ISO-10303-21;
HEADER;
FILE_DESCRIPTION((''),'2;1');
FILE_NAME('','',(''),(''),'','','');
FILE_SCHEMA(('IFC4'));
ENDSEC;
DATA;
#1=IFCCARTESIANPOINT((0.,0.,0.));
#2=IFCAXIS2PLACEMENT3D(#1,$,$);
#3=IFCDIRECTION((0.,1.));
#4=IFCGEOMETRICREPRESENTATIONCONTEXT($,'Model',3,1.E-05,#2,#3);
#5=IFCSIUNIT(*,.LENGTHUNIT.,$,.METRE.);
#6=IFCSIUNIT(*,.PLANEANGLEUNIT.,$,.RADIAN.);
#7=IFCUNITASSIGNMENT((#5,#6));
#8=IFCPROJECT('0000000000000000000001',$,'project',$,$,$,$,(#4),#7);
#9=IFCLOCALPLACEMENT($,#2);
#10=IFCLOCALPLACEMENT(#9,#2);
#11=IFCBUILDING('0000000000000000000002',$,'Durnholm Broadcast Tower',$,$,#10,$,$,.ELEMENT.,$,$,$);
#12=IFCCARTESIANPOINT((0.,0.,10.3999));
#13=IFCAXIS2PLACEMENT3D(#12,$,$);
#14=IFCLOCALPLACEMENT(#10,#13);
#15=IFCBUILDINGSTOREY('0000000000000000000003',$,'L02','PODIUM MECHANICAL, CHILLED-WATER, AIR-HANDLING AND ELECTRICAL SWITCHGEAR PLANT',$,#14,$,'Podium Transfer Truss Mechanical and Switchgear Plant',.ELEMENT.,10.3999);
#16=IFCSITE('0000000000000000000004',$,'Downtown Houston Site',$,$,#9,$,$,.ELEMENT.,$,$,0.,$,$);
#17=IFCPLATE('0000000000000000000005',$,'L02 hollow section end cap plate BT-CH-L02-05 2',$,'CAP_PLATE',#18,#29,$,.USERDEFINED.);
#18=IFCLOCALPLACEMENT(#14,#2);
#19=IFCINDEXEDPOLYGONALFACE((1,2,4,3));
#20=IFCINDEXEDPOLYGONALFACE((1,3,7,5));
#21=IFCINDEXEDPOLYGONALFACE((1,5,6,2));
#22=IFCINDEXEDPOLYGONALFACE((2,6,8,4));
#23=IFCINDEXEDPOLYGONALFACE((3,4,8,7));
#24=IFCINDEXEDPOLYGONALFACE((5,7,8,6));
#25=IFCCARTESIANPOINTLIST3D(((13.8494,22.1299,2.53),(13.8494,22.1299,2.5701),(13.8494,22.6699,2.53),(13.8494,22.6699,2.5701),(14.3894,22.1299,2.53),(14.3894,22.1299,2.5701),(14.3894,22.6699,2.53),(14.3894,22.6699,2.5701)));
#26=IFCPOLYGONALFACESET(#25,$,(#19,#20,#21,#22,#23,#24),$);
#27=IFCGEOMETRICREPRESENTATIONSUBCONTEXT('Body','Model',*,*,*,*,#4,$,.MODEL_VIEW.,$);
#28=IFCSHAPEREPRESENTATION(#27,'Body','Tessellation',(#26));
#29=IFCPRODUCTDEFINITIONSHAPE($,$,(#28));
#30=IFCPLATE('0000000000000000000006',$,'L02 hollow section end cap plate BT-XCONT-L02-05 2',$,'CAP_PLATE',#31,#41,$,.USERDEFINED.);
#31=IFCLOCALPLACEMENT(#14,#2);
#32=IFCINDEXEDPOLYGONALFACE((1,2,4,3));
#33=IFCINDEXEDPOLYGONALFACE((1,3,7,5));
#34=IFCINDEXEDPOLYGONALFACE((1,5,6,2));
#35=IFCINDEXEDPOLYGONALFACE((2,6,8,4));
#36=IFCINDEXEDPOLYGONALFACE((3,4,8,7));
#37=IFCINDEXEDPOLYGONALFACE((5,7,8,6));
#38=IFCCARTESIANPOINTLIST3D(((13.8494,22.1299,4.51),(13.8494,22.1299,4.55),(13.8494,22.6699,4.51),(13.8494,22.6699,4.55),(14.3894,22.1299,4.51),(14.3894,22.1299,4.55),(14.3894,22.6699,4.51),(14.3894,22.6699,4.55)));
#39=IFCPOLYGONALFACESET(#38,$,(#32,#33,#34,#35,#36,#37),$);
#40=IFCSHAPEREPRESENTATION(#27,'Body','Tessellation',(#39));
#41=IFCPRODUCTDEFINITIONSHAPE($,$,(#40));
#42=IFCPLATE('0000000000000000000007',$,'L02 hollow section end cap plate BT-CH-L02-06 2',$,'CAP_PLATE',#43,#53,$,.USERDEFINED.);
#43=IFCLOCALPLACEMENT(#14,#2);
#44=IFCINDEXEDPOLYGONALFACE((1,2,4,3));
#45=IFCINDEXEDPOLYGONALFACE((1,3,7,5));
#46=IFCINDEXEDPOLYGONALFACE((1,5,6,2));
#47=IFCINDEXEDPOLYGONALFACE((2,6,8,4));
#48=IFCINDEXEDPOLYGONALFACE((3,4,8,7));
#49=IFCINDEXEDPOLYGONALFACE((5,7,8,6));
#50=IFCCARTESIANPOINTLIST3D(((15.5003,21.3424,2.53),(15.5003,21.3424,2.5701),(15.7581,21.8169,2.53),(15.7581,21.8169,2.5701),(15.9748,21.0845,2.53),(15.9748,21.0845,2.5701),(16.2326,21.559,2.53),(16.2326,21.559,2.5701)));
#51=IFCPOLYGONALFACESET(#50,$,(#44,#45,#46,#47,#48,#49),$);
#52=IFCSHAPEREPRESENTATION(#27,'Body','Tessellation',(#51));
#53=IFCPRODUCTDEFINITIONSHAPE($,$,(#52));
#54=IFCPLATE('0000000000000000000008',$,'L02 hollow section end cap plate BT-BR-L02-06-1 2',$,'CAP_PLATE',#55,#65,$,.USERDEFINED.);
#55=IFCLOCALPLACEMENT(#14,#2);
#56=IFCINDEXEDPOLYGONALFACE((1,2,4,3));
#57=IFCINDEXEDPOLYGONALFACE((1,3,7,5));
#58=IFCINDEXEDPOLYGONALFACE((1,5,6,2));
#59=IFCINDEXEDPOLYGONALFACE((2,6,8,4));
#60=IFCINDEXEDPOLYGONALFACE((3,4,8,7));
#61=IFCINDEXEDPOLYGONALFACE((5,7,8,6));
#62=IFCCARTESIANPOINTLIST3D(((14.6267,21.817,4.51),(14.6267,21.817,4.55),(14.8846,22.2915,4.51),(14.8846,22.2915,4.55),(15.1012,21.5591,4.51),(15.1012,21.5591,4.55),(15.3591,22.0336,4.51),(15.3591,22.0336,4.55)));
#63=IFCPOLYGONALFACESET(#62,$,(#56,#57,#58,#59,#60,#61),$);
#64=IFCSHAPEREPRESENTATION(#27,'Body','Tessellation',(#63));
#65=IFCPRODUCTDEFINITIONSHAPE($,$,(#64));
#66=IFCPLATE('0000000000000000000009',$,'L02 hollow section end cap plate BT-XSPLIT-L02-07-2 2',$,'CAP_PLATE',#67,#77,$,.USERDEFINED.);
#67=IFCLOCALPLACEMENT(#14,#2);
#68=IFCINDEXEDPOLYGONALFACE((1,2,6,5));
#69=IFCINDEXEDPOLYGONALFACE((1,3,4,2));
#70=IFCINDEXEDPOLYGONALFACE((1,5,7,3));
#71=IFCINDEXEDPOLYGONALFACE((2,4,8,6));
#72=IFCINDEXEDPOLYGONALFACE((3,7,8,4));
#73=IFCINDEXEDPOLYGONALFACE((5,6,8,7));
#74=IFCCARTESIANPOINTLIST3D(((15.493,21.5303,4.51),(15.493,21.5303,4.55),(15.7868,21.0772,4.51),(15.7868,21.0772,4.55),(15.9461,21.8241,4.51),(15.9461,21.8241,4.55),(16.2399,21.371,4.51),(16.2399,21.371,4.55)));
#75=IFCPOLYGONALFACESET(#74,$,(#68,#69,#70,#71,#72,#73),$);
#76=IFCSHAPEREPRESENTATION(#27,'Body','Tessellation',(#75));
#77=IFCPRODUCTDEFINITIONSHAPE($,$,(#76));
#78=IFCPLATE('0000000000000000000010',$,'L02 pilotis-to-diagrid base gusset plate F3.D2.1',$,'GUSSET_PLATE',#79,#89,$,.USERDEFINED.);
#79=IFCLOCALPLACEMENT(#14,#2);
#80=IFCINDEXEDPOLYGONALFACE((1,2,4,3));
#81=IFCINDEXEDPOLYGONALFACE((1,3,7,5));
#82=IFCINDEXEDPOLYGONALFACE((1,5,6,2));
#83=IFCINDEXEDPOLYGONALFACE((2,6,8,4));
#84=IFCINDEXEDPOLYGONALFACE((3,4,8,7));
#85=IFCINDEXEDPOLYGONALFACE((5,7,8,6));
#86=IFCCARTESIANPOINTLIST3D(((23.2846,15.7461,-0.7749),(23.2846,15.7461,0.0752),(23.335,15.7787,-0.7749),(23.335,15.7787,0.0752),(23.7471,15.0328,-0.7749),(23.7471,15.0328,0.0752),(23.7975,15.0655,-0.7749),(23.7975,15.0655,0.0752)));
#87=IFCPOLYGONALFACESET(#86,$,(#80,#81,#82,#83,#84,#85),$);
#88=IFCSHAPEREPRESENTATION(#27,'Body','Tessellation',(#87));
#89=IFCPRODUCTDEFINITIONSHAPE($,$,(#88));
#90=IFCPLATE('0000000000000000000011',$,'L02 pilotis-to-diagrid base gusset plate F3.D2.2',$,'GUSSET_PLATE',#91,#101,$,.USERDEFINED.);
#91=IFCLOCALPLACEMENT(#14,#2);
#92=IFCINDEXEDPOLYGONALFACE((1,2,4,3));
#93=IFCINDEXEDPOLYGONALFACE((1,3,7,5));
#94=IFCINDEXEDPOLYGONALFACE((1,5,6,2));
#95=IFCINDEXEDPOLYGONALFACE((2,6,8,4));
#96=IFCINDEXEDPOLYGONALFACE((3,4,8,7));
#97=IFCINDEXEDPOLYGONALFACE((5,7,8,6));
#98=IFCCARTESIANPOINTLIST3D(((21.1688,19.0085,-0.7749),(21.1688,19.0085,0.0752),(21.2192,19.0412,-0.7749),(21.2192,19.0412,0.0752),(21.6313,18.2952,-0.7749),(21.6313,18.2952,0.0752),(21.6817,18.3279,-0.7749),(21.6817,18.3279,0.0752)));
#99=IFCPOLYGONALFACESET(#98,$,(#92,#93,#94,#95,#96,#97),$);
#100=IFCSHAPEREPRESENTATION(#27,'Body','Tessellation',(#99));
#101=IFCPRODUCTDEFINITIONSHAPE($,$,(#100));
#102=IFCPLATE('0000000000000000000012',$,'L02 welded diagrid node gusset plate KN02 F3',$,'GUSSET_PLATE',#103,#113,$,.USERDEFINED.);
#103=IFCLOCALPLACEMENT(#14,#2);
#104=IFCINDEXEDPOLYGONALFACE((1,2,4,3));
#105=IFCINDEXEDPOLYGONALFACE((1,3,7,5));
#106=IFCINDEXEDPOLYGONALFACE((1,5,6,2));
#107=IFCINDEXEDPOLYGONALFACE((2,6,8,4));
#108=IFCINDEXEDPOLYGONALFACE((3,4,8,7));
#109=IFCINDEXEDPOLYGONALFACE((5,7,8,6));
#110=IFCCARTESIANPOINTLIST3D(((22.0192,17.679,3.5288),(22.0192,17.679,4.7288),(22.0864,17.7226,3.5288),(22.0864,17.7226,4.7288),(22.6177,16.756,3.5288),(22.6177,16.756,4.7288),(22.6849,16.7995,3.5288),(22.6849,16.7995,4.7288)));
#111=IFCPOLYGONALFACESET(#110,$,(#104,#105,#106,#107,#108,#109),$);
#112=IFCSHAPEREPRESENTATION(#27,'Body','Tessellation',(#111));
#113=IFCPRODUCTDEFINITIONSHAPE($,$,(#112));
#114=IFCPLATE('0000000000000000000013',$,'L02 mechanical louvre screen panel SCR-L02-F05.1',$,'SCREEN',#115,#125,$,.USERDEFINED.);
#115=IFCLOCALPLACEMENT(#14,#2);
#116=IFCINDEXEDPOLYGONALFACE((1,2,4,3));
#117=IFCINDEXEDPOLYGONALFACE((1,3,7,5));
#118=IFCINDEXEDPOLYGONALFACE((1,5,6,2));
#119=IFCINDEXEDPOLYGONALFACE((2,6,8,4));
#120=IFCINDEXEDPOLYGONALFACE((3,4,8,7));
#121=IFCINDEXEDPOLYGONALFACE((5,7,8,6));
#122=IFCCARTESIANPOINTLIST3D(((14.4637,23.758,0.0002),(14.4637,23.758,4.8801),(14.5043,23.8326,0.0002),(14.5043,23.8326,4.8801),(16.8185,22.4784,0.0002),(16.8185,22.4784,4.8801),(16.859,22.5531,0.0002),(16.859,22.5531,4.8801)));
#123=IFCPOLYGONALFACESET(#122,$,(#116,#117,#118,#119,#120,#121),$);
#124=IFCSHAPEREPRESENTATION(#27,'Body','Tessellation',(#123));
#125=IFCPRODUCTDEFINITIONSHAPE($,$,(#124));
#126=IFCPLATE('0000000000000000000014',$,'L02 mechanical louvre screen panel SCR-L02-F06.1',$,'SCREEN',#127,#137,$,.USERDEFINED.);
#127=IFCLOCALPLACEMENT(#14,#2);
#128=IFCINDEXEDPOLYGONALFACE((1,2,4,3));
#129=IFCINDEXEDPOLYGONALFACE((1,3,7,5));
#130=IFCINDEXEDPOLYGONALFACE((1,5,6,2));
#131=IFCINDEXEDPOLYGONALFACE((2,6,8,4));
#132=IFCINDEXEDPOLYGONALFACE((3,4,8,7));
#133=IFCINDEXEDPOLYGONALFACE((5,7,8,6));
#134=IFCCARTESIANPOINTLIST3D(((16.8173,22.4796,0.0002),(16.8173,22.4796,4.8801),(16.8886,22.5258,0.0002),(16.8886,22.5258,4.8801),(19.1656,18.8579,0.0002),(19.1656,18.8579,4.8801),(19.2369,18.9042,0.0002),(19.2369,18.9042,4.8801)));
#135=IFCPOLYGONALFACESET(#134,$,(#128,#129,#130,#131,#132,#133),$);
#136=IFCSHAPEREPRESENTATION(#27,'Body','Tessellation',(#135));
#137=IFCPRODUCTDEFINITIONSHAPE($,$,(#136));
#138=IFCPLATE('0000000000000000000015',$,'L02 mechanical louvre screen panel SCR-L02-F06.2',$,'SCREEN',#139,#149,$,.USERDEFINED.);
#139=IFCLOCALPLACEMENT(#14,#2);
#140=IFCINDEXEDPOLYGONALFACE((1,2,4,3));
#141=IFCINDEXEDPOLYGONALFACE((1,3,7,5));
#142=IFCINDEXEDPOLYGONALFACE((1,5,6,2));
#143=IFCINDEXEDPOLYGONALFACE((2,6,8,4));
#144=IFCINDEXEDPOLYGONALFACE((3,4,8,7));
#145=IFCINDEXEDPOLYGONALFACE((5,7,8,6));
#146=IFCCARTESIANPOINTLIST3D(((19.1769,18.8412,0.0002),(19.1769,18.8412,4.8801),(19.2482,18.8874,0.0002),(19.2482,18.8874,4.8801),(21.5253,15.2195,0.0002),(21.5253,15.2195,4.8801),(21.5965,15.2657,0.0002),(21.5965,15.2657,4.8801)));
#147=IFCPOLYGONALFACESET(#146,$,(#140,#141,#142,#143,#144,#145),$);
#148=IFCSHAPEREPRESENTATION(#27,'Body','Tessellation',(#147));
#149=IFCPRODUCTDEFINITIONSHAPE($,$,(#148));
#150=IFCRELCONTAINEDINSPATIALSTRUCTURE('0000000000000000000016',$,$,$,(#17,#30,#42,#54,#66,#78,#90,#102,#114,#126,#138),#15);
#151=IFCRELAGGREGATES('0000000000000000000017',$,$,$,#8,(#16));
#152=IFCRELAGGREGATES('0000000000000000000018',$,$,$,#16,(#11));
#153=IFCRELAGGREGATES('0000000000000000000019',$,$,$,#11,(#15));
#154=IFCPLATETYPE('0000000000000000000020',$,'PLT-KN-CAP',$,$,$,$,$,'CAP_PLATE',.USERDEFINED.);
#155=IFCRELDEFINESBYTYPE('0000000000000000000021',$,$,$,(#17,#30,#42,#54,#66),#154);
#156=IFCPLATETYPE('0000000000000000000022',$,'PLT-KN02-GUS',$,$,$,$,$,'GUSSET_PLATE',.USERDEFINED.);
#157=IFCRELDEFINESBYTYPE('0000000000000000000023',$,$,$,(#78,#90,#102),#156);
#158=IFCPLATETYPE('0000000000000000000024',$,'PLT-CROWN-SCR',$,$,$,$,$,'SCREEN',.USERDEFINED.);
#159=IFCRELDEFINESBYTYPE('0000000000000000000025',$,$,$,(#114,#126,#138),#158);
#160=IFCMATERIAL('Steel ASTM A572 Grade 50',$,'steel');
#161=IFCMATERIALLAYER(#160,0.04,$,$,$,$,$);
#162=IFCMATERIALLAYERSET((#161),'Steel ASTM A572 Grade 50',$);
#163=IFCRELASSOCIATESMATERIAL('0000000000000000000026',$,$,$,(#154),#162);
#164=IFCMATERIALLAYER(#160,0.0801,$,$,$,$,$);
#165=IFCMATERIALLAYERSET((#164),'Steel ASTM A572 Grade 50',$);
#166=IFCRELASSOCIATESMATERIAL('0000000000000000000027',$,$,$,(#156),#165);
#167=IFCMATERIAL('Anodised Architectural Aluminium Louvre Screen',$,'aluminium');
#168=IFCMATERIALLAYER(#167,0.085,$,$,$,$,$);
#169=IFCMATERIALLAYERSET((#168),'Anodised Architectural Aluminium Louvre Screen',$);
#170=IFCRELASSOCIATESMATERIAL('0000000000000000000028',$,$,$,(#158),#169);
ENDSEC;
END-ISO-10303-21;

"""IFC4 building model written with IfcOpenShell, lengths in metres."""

from ifc_helpers import new_model, si_unit, direction, frame, origin, origin_2d, place, context, subcontext, project, spatial, rectangle, extrude, source, transform, mapped, material, layer, layer_set, type_object, type_shapes, element, save


model = new_model("IFC4")

# Units and contexts
model_context = context("Model", 3, precision=1e-05, world=origin(), true_north=direction((0.0, 1.0)))
body_context = subcontext(model_context, "Body", "Model", "MODEL_VIEW")
ifc_project = project(units=[si_unit("LENGTHUNIT", "METRE"), si_unit("PLANEANGLEUNIT", "RADIAN")], contexts=[model_context])

# Site, building, storey
site_placement = place(None, origin())
site = spatial("IfcSite", under=ifc_project, at=site_placement, Name="Downtown Houston Site", CompositionType="ELEMENT", RefElevation=0.0)
building_placement = place(site_placement, origin())
building = spatial("IfcBuilding", under=site, at=building_placement, Name="Durnholm Broadcast Tower", CompositionType="ELEMENT")
storey_placement = place(building_placement, frame((0.0, 0.0, 10.3999)))
storey = spatial("IfcBuildingStorey", under=building, at=storey_placement, Name="L02", Description="PODIUM MECHANICAL, CHILLED-WATER, AIR-HANDLING AND ELECTRICAL SWITCHGEAR PLANT", LongName="Podium Transfer Truss Mechanical and Switchgear Plant", CompositionType="ELEMENT", Elevation=10.3999)

# Plates
ifc_material_1 = material(Name="Steel ASTM A572 Grade 50", Category="steel")
ifc_layer_1 = layer(ifc_material_1, 0.04)
ifc_layer_set_1 = layer_set([ifc_layer_1], Name="Steel ASTM A572 Grade 50")
plate_type_1 = type_object("IfcPlateType", Name="PLT-KN-CAP", ElementType="CAP_PLATE", PredefinedType="USERDEFINED", material=ifc_layer_set_1)
shared_shape_1 = source(origin(), body_context, "Body", "SweptSolid", [
    extrude(rectangle(XDim=0.54, YDim=0.54, at=origin_2d()), origin(), (0.0, 0.0, 1.0), 0.04),
])
type_shapes(plate_type_1, [shared_shape_1])
for number, where, z_axis, x_axis, name in (
    (1, (14.1194, 22.3999, 2.53), (0.0, 0.0, 1.0), (1.0, 0.0, 0.0), "L02 hollow section end cap plate BT-CH-L02-05 2"),
    (2, (14.1194, 22.3999, 4.51), (0.0, 0.0, 1.0), (1.0, 0.0, 0.0), "L02 hollow section end cap plate BT-XCONT-L02-05 2"),
    (3, (15.8665, 21.4507, 2.53), (0.0, 0.0, 1.0), (0.87865, -0.477465, 0.0), "L02 hollow section end cap plate BT-CH-L02-06 2"),
    (4, (14.9929, 21.9253, 4.51), (0.0, 0.0, 1.0), (0.87865, -0.477465, 0.0), "L02 hollow section end cap plate BT-BR-L02-06-1 2"),
    (5, (15.8665, 21.4507, 4.51), (0.0, 0.0, 1.0), (-0.544053, 0.839051, 0.0), "L02 hollow section end cap plate BT-XSPLIT-L02-07-2 2"),
):
    element("IfcPlate", number, at=place(storey_placement, frame(where, z_axis=z_axis, x_axis=x_axis)), inside=storey, type_object=plate_type_1, Name=name, ObjectType="CAP_PLATE", PredefinedType="USERDEFINED", context=body_context, shape_type="MappedRepresentation", body=[
        mapped(shared_shape_1, transform((0.0, 0.0, 0.0), x_axis=(1.0, 0.0, 0.0), y_axis=(0.0, 1.0, 0.0), z_axis=(0.0, 0.0, 1.0), scale=1.0)),
    ])
ifc_layer_2 = layer(ifc_material_1, 0.0801)
ifc_layer_set_2 = layer_set([ifc_layer_2], Name="Steel ASTM A572 Grade 50")
plate_type_2 = type_object("IfcPlateType", Name="PLT-KN02-GUS", ElementType="GUSSET_PLATE", PredefinedType="USERDEFINED", material=ifc_layer_set_2)
shared_shape_2 = source(origin(), body_context, "Body", "SweptSolid", [
    extrude(rectangle(XDim=0.8501, YDim=0.0601, at=origin_2d()), origin(), (0.0, 0.0, 1.0), 0.8501),
])
for number, where, z_axis, x_axis, name in (
    (6, (23.541, 15.4058, -0.7749), (0.0, 0.0, 1.0), (-0.544053, 0.839051, 0.0), "L02 pilotis-to-diagrid base gusset plate F3.D2.1"),
    (7, (21.4253, 18.6682, -0.7749), (0.0, 0.0, 1.0), (-0.544053, 0.839051, 0.0), "L02 pilotis-to-diagrid base gusset plate F3.D2.2"),
):
    element("IfcPlate", number, at=place(storey_placement, frame(where, z_axis=z_axis, x_axis=x_axis)), inside=storey, type_object=plate_type_2, Name=name, ObjectType="GUSSET_PLATE", PredefinedType="USERDEFINED", context=body_context, shape_type="MappedRepresentation", body=[
        mapped(shared_shape_2, transform((0.0, 0.0, 0.0), x_axis=(1.0, 0.0, 0.0), y_axis=(0.0, 1.0, 0.0), z_axis=(0.0, 0.0, 1.0), scale=1.0)),
    ])
shared_shape_3 = source(origin(), body_context, "Body", "SweptSolid", [
    extrude(rectangle(XDim=1.1001, YDim=0.0801, at=origin_2d()), origin(), (0.0, 0.0, 1.0), 1.2),
])
type_shapes(plate_type_2, [shared_shape_2, shared_shape_3])
plate_1_placement = place(storey_placement, frame((22.3521, 17.2393, 3.5288), z_axis=(0.0, 0.0, 1.0), x_axis=(-0.544053, 0.839051, 0.0)))
element("IfcPlate", 8, at=plate_1_placement, inside=storey, type_object=plate_type_2, Name="L02 welded diagrid node gusset plate KN02 F3", ObjectType="GUSSET_PLATE", PredefinedType="USERDEFINED", context=body_context, shape_type="MappedRepresentation", body=[
    mapped(shared_shape_3, transform((0.0, 0.0, 0.0), x_axis=(1.0, 0.0, 0.0), y_axis=(0.0, 1.0, 0.0), z_axis=(0.0, 0.0, 1.0), scale=1.0)),
])
ifc_material_2 = material(Name="Anodised Architectural Aluminium Louvre Screen", Category="aluminium")
ifc_layer_3 = layer(ifc_material_2, 0.085)
ifc_layer_set_3 = layer_set([ifc_layer_3], Name="Anodised Architectural Aluminium Louvre Screen")
plate_type_3 = type_object("IfcPlateType", Name="PLT-CROWN-SCR", ElementType="SCREEN", PredefinedType="USERDEFINED", material=ifc_layer_set_3)
shared_shape_4 = source(origin(), body_context, "Body", "SweptSolid", [
    extrude(rectangle(XDim=2.6799, YDim=0.085, at=origin_2d()), origin(), (0.0, 0.0, 1.0), 4.8799),
])
plate_2_placement = place(storey_placement, frame((15.6614, 23.1555, 0.0002), z_axis=(0.0, 0.0, 1.0), x_axis=(0.87865, -0.477465, 0.0)))
element("IfcPlate", 9, at=plate_2_placement, inside=storey, type_object=plate_type_3, Name="L02 mechanical louvre screen panel SCR-L02-F05.1", ObjectType="SCREEN", PredefinedType="USERDEFINED", context=body_context, shape_type="MappedRepresentation", body=[
    mapped(shared_shape_4, transform((0.0, 0.0, 0.0), x_axis=(1.0, 0.0, 0.0), y_axis=(0.0, 1.0, 0.0), z_axis=(0.0, 0.0, 1.0), scale=1.0)),
])
shared_shape_5 = source(origin(), body_context, "Body", "SweptSolid", [
    extrude(rectangle(XDim=4.3164, YDim=0.085, at=origin_2d()), origin(), (0.0, 0.0, 1.0), 4.8799),
])
type_shapes(plate_type_3, [shared_shape_4, shared_shape_5])
for number, where, z_axis, x_axis, name in (
    (10, (18.0271, 20.6919, 0.0002), (0.0, 0.0, 1.0), (0.544053, -0.839051, 0.0), "L02 mechanical louvre screen panel SCR-L02-F06.1"),
    (11, (20.3867, 17.0535, 0.0002), (0.0, 0.0, 1.0), (0.544053, -0.839051, 0.0), "L02 mechanical louvre screen panel SCR-L02-F06.2"),
):
    element("IfcPlate", number, at=place(storey_placement, frame(where, z_axis=z_axis, x_axis=x_axis)), inside=storey, type_object=plate_type_3, Name=name, ObjectType="SCREEN", PredefinedType="USERDEFINED", context=body_context, shape_type="MappedRepresentation", body=[
        mapped(shared_shape_5, transform((0.0, 0.0, 0.0), x_axis=(1.0, 0.0, 0.0), y_axis=(0.0, 1.0, 0.0), z_axis=(0.0, 0.0, 1.0), scale=1.0)),
    ])

save(model, "model.ifc")
